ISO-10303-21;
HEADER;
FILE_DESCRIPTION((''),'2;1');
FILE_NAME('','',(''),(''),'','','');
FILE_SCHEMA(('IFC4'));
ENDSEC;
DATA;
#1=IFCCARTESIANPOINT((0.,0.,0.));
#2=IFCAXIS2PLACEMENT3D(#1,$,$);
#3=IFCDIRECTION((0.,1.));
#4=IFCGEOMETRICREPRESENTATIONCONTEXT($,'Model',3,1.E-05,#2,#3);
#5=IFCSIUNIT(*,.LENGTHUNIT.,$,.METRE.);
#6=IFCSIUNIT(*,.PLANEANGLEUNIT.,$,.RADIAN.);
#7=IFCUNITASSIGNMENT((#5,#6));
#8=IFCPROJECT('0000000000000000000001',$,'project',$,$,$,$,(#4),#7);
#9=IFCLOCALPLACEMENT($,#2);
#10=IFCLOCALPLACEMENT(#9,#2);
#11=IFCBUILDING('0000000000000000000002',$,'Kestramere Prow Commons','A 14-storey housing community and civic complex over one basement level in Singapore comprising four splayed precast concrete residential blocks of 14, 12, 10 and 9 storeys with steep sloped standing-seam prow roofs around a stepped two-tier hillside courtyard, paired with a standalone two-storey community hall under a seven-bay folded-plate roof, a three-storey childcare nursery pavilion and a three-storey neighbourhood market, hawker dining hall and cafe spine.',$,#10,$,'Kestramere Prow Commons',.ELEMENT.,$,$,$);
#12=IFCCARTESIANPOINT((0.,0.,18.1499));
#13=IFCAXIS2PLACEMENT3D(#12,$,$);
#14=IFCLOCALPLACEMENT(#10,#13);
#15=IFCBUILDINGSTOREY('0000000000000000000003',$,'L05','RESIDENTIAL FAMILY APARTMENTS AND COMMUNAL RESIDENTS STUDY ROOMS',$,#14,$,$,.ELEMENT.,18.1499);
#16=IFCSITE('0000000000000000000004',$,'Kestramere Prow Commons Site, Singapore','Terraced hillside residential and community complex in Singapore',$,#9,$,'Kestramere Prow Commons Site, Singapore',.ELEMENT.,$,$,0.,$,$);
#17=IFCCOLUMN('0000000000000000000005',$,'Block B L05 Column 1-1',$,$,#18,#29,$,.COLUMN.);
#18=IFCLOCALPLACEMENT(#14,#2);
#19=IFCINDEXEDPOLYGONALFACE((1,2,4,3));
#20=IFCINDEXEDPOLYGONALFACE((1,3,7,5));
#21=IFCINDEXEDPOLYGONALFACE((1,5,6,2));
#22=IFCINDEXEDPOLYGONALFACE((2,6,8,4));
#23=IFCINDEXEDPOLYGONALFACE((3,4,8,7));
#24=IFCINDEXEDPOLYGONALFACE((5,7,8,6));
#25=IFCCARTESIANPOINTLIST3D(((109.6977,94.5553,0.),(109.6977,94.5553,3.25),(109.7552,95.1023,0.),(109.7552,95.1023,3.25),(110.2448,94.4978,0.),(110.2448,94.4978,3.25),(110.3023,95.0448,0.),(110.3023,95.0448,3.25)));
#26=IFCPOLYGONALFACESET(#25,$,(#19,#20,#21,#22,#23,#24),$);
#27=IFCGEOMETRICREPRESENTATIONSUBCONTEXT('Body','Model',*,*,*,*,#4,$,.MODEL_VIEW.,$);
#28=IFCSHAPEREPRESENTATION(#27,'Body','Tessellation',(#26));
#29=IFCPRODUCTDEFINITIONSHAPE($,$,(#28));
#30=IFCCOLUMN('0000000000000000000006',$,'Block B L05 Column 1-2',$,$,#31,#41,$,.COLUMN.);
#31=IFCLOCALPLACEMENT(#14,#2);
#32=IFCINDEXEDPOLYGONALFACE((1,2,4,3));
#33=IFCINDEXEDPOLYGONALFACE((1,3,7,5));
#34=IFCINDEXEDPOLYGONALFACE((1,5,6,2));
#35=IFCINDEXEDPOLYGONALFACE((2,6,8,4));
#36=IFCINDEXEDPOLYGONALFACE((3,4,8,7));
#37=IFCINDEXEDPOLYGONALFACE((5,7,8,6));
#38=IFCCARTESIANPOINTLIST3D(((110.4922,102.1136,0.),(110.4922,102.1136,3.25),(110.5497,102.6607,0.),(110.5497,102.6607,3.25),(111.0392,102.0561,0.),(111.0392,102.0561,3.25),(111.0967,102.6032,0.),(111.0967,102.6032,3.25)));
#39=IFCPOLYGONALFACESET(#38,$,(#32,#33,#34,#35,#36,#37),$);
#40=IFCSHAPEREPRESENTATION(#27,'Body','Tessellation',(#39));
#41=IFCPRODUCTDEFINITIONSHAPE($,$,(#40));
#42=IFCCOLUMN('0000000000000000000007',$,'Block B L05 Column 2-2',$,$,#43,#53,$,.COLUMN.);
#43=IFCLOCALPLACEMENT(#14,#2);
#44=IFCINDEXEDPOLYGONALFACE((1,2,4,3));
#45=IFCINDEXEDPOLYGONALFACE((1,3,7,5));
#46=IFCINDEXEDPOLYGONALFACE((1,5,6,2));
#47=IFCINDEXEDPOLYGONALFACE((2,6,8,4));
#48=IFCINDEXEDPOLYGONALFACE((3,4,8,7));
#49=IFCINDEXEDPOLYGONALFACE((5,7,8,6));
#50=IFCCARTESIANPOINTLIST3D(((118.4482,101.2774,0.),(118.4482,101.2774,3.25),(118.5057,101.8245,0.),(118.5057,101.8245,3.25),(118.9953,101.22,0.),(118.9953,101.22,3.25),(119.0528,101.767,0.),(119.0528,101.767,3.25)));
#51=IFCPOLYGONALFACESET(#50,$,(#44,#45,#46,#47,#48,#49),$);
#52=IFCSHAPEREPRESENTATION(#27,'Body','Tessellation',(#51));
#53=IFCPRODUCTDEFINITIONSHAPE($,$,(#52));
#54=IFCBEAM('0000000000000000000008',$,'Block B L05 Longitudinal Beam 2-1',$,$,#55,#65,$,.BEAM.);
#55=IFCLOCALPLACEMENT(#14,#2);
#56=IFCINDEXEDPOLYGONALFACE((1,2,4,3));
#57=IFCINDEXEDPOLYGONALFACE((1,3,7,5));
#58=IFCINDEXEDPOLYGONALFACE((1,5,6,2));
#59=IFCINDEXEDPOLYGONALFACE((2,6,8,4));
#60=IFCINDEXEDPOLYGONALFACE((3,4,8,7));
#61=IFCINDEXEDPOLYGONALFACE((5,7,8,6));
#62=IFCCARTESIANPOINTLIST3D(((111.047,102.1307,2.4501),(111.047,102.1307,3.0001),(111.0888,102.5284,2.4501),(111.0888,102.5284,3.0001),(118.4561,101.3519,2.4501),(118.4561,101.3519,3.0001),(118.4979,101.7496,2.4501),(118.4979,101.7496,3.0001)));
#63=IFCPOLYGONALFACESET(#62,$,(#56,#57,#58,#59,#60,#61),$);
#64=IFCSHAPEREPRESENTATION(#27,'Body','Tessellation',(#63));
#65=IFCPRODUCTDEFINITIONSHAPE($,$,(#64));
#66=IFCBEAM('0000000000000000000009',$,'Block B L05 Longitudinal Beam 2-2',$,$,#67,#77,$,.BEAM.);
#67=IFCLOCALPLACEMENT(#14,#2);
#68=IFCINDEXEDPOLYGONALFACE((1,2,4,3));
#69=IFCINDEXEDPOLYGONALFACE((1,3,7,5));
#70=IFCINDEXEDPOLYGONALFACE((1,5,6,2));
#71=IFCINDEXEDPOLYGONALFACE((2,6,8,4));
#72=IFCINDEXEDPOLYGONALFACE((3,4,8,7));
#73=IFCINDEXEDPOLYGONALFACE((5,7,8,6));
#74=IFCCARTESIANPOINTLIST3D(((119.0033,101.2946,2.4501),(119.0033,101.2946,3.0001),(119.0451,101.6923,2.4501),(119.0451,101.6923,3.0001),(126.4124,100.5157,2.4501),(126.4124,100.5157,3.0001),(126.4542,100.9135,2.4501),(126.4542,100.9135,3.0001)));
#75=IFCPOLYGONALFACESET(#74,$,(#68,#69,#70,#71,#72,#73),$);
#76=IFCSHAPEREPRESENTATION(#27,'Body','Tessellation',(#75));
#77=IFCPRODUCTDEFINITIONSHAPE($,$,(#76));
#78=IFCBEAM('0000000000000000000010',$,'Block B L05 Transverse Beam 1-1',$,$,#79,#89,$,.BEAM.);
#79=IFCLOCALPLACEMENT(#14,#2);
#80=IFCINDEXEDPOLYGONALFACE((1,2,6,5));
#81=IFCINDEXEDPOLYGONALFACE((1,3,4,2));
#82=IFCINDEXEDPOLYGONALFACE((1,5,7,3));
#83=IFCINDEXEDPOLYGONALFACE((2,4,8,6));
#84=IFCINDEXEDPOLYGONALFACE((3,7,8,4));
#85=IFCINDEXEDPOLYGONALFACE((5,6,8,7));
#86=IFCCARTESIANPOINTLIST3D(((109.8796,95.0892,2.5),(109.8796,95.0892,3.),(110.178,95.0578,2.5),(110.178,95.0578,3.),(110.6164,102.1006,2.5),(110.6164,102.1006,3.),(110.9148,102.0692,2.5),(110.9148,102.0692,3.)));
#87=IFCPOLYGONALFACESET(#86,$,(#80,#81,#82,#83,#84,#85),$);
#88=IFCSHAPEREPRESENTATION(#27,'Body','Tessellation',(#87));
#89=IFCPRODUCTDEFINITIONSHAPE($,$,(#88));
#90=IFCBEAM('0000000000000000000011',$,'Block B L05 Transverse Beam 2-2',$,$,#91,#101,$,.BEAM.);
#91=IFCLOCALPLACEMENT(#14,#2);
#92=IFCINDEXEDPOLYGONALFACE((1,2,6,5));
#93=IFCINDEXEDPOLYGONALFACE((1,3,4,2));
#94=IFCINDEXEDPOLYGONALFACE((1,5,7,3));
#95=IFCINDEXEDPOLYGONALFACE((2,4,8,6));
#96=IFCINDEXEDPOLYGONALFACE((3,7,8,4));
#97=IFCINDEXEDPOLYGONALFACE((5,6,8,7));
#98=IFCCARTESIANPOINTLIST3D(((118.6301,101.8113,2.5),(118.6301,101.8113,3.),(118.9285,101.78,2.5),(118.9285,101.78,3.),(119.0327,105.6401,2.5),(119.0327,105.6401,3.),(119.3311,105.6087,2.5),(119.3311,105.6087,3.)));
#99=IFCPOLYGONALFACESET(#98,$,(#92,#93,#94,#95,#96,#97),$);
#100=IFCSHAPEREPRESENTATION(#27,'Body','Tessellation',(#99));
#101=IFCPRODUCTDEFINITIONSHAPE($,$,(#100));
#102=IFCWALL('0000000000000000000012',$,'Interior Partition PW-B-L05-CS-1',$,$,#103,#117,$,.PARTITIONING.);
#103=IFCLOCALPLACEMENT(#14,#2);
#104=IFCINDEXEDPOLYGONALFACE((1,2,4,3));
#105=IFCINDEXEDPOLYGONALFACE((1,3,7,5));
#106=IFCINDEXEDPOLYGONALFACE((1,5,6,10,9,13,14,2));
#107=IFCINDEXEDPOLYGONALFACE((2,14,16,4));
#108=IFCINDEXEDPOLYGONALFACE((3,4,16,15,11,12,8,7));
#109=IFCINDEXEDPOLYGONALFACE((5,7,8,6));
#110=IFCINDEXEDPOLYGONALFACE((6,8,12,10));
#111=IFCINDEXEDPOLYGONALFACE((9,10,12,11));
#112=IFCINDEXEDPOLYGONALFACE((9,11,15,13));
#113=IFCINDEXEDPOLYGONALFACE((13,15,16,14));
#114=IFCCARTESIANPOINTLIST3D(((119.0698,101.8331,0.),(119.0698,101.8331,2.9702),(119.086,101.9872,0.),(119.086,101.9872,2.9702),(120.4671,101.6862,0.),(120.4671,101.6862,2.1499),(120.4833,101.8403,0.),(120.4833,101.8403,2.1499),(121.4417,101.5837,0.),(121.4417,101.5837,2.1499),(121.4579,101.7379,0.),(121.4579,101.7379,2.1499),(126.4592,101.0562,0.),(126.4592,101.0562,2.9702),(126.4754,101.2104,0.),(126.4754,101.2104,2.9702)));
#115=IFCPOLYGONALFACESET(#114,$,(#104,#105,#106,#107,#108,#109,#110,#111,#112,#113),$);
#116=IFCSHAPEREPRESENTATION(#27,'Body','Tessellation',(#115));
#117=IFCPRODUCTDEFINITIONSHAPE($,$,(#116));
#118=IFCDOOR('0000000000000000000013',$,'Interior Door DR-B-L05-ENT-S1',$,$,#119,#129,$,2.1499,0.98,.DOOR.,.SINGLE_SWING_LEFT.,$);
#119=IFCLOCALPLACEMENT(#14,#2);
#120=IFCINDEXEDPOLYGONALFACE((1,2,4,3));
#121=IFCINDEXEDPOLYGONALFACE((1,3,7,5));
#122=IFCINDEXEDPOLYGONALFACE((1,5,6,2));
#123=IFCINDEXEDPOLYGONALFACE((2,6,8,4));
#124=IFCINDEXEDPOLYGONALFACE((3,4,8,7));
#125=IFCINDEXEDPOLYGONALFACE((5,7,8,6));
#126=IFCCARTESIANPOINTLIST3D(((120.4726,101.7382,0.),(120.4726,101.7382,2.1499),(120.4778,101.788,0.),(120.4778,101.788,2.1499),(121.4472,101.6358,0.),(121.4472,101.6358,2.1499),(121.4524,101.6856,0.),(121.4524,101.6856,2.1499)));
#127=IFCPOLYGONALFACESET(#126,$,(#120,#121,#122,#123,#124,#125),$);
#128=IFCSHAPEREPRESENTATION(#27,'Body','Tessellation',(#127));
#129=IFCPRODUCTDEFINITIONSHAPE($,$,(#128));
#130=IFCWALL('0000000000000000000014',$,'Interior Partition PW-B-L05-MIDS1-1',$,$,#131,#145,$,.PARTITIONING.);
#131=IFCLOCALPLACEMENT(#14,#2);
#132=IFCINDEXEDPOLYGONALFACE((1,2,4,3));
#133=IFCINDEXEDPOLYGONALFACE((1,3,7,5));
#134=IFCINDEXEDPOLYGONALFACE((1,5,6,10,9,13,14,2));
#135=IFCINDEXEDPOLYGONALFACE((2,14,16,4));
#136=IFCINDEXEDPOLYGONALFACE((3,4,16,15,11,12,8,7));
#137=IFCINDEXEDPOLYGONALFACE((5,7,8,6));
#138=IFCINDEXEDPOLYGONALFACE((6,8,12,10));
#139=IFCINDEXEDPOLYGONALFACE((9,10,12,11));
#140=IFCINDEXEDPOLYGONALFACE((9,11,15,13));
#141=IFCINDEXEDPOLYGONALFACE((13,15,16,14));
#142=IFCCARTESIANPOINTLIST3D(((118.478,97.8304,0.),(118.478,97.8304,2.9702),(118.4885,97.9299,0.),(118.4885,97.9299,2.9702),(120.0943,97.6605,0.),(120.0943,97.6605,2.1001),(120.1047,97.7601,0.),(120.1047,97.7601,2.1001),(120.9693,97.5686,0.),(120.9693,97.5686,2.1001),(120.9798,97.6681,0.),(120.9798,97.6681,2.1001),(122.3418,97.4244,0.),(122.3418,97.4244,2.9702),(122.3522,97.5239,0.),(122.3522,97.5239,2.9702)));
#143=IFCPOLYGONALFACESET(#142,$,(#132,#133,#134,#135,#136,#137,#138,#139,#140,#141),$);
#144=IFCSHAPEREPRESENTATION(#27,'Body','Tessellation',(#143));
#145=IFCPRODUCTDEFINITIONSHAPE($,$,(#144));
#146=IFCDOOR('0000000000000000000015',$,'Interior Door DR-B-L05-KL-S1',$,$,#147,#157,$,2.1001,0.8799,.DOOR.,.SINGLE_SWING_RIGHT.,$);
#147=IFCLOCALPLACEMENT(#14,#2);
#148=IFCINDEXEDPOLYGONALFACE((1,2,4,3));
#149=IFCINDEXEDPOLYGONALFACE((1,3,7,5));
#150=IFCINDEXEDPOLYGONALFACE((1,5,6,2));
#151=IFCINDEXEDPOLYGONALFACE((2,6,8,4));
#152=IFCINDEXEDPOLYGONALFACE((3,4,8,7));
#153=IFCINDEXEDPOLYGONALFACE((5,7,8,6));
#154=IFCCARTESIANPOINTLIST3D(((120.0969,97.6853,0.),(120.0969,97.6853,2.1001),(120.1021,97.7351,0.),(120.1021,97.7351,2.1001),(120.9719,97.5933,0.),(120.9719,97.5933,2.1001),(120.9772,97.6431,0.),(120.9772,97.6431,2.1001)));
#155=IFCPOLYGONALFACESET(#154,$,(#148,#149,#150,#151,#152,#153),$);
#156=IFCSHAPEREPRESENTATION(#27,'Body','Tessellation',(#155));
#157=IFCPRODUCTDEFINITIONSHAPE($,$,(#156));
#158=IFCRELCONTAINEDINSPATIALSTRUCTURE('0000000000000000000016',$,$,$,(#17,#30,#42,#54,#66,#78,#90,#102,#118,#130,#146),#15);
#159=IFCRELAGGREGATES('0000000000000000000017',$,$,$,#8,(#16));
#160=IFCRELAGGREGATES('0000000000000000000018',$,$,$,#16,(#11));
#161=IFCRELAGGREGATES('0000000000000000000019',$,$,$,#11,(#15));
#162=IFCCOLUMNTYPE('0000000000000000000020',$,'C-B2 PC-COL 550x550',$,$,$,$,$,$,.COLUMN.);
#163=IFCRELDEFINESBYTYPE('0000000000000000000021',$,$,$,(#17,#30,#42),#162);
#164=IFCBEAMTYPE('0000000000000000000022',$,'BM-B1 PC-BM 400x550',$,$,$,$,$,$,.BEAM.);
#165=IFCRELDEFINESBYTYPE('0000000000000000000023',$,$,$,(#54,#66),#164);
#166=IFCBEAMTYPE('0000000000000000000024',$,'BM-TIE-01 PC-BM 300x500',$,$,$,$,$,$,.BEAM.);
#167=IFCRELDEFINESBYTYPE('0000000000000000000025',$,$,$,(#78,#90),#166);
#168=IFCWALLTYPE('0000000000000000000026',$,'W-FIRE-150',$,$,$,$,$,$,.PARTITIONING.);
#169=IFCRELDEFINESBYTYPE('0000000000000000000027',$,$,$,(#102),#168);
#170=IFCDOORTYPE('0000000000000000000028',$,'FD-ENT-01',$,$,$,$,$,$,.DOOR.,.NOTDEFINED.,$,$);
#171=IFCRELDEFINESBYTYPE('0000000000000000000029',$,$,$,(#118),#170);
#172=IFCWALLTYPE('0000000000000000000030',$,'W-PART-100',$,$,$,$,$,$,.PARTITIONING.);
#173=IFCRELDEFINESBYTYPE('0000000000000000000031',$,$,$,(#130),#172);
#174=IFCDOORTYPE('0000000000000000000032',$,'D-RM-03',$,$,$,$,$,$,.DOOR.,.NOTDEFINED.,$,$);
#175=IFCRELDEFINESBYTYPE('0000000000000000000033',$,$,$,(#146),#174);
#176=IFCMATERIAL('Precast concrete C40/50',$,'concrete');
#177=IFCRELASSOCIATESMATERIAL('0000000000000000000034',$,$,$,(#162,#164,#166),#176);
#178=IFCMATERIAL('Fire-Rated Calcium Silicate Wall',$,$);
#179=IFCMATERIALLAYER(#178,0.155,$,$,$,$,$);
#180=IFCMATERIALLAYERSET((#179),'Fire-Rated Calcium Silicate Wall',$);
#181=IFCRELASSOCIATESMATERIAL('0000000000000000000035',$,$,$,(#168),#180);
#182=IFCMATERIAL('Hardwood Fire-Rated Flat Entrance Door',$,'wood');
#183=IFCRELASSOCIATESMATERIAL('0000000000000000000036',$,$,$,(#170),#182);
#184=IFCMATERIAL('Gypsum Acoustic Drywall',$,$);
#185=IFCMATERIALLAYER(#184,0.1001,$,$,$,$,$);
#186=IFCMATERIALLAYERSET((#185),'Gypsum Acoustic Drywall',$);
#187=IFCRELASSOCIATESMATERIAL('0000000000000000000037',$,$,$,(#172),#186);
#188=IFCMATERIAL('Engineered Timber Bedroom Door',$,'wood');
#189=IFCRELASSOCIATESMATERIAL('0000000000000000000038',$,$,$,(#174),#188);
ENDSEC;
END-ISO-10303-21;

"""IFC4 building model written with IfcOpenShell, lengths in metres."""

from ifc_helpers import new_model, si_unit, direction, frame, frame_2d, origin, origin_2d, place, context, subcontext, project, spatial, rectangle, extrude, material, layer, layer_set, material_profile, profile_set, type_object, element, fill, save


model = new_model("IFC4")

# Units and contexts
model_context = context("Model", 3, precision=1e-05, world=origin(), true_north=direction((0.0, 1.0)))
body_context = subcontext(model_context, "Body", "Model", "MODEL_VIEW")
ifc_project = project(units=[si_unit("LENGTHUNIT", "METRE"), si_unit("PLANEANGLEUNIT", "RADIAN")], contexts=[model_context])

# Site, building, storey
site_placement = place(None, origin())
site = spatial("IfcSite", under=ifc_project, at=site_placement, Name="Kestramere Prow Commons Site, Singapore", Description="Terraced hillside residential and community complex in Singapore", LongName="Kestramere Prow Commons Site, Singapore", CompositionType="ELEMENT", RefElevation=0.0)
building_placement = place(site_placement, origin())
building = spatial("IfcBuilding", under=site, at=building_placement, Name="Kestramere Prow Commons", Description="A 14-storey housing community and civic complex over one basement level in Singapore comprising four splayed precast concrete residential blocks of 14, 12, 10 and 9 storeys with steep sloped standing-seam prow roofs around a stepped two-tier hillside courtyard, paired with a standalone two-storey community hall under a seven-bay folded-plate roof, a three-storey childcare nursery pavilion and a three-storey neighbourhood market, hawker dining hall and cafe spine.", LongName="Kestramere Prow Commons", CompositionType="ELEMENT")
storey_placement = place(building_placement, frame((0.0, 0.0, 18.1499)))
storey = spatial("IfcBuildingStorey", under=building, at=storey_placement, Name="L05", Description="RESIDENTIAL FAMILY APARTMENTS AND COMMUNAL RESIDENTS STUDY ROOMS", CompositionType="ELEMENT", Elevation=18.1499)

# Columns
ifc_material_1 = material(Name="Precast concrete C40/50", Category="concrete")
ifc_material_profile_1 = material_profile(ifc_material_1, rectangle(XDim=0.55, YDim=0.55, at=origin_2d()), Name="PC-COL 550x550")
ifc_profile_set_1 = profile_set([ifc_material_profile_1], Name="Precast concrete C40/50")
column_type = type_object("IfcColumnType", Name="C-B2 PC-COL 550x550", PredefinedType="COLUMN", material=ifc_profile_set_1)
for number, where, z_axis, x_axis, name in (
    (1, (110.0, 94.8, 0.0), (0.0, 0.0, 1.0), (0.994522, -0.104528, 0.0), "Block B L05 Column 1-1"),
    (2, (110.7944, 102.3584, 0.0), (0.0, 0.0, 1.0), (0.994522, -0.104528, 0.0), "Block B L05 Column 1-2"),
    (3, (118.7505, 101.5222, 0.0), (0.0, 0.0, 1.0), (0.994522, -0.104528, 0.0), "Block B L05 Column 2-2"),
):
    element("IfcColumn", number, at=place(storey_placement, frame(where, z_axis=z_axis, x_axis=x_axis)), inside=storey, type_object=column_type, Name=name, PredefinedType="COLUMN", context=body_context, shape_type="SweptSolid", body=[
        extrude(rectangle(XDim=0.55, YDim=0.55, at=origin_2d()), origin(), (0.0, 0.0, 1.0), 3.25),
    ])

# Beams
ifc_material_profile_2 = material_profile(ifc_material_1, rectangle(XDim=0.3999, YDim=0.55, at=origin_2d()), Name="PC-BM 400x550")
ifc_profile_set_2 = profile_set([ifc_material_profile_2], Name="Precast concrete C40/50")
beam_type_1 = type_object("IfcBeamType", Name="BM-B1 PC-BM 400x550", PredefinedType="BEAM", material=ifc_profile_set_2)
for number, where, z_axis, x_axis, name in (
    (4, (111.0679, 102.3296, 2.7251), (0.994521, -0.104538, 0.0), (0.104538, 0.994521, 0.0), "Block B L05 Longitudinal Beam 2-1"),
    (5, (119.0242, 101.4934, 2.7251), (0.994521, -0.104538, 0.0), (0.104538, 0.994521, 0.0), "Block B L05 Longitudinal Beam 2-2"),
):
    element("IfcBeam", number, at=place(storey_placement, frame(where, z_axis=z_axis, x_axis=x_axis)), inside=storey, type_object=beam_type_1, Name=name, PredefinedType="BEAM", context=body_context, shape_type="SweptSolid", body=[
        extrude(rectangle(XDim=0.3999, YDim=0.55, at=origin_2d()), origin(), (0.0, 0.0, 1.0), 7.45),
    ])
ifc_material_profile_3 = material_profile(ifc_material_1, rectangle(XDim=0.3, YDim=0.5, at=origin_2d()), Name="PC-BM 300x500")
ifc_profile_set_3 = profile_set([ifc_material_profile_3], Name="Precast concrete C40/50")
beam_type_2 = type_object("IfcBeamType", Name="BM-TIE-01 PC-BM 300x500", PredefinedType="BEAM", material=ifc_profile_set_3)
beam_1_placement = place(storey_placement, frame((110.0288, 95.0735, 2.75), z_axis=(0.104512, 0.994524, 0.0), x_axis=(-0.994524, 0.104512, 0.0)))
element("IfcBeam", 6, at=beam_1_placement, inside=storey, type_object=beam_type_2, Name="Block B L05 Transverse Beam 1-1", PredefinedType="BEAM", context=body_context, shape_type="SweptSolid", body=[
    extrude(rectangle(XDim=0.3, YDim=0.5, at=origin_2d()), origin(), (0.0, 0.0, 1.0), 7.05),
])
beam_2_placement = place(storey_placement, frame((118.7793, 101.7957, 2.75), z_axis=(0.104569, 0.994518, 0.0), x_axis=(-0.994518, 0.104569, 0.0)))
element("IfcBeam", 7, at=beam_2_placement, inside=storey, type_object=beam_type_2, Name="Block B L05 Transverse Beam 2-2", PredefinedType="BEAM", context=body_context, shape_type="SweptSolid", body=[
    extrude(rectangle(XDim=0.3, YDim=0.5, at=origin_2d()), origin(), (0.0, 0.0, 1.0), 3.8499),
])

# Walls, openings, doors
ifc_material_2 = material(Name="Fire-Rated Calcium Silicate Wall")
ifc_layer_1 = layer(ifc_material_2, 0.155)
ifc_layer_set_1 = layer_set([ifc_layer_1], Name="Fire-Rated Calcium Silicate Wall")
wall_type_1 = type_object("IfcWallType", Name="W-FIRE-150", PredefinedType="PARTITIONING", material=ifc_layer_set_1)
wall_1_placement = place(storey_placement, frame((119.0779, 101.9102, 0.0), z_axis=(0.0, 0.0, 1.0), x_axis=(0.994519, -0.104555, 0.0)))
wall_1 = element("IfcWall", 8, at=wall_1_placement, inside=storey, type_object=wall_type_1, Name="Interior Partition PW-B-L05-CS-1", PredefinedType="PARTITIONING", context=body_context, shape_type="SweptSolid", body=[
    extrude(rectangle(XDim=7.4302, YDim=0.155, at=frame_2d((3.7151, 0.0))), origin(), (0.0, 0.0, 1.0), 2.9702),
])
opening_1_placement = place(wall_1_placement, frame((1.405, 0.0, 0.0)))
opening_1 = element("IfcOpeningElement", 9, at=opening_1_placement, cuts=wall_1, PredefinedType="OPENING", context=body_context, shape_type="SweptSolid", body=[
    extrude(rectangle(XDim=0.98, YDim=2.1499, at=frame_2d((0.49, 1.075))), frame((0.0, 0.0925, 0.0), z_axis=(0.0, -1.0, 0.0), x_axis=(1.0, 0.0, 0.0)), (0.0, 0.0, 1.0), 0.1851),
])
ifc_material_3 = material(Name="Hardwood Fire-Rated Flat Entrance Door", Category="wood")
door_type_1 = type_object("IfcDoorType", Name="FD-ENT-01", OperationType="NOTDEFINED", PredefinedType="DOOR", material=ifc_material_3)
door_1_placement = place(opening_1_placement, origin())
door_1 = element("IfcDoor", 10, at=door_1_placement, inside=storey, type_object=door_type_1, Name="Interior Door DR-B-L05-ENT-S1", OperationType="SINGLE_SWING_LEFT", OverallHeight=2.1499, OverallWidth=0.98, PredefinedType="DOOR", context=body_context, shape_type="SweptSolid", body=[
    extrude(rectangle(XDim=0.98, YDim=2.1499, at=frame_2d((0.49, 1.075))), frame((0.0, 0.0249, 0.0), z_axis=(0.0, -1.0, 0.0), x_axis=(1.0, 0.0, 0.0)), (0.0, 0.0, 1.0), 0.05),
])
fill(opening_1, door_1)
ifc_material_4 = material(Name="Gypsum Acoustic Drywall")
ifc_layer_2 = layer(ifc_material_4, 0.1001)
ifc_layer_set_2 = layer_set([ifc_layer_2], Name="Gypsum Acoustic Drywall")
wall_type_2 = type_object("IfcWallType", Name="W-PART-100", PredefinedType="PARTITIONING", material=ifc_layer_set_2)
wall_2_placement = place(storey_placement, frame((118.4834, 97.8801, 0.0), z_axis=(0.0, 0.0, 1.0), x_axis=(0.994524, -0.104505, 0.0)))
wall_2 = element("IfcWall", 11, at=wall_2_placement, inside=storey, type_object=wall_type_2, Name="Interior Partition PW-B-L05-MIDS1-1", PredefinedType="PARTITIONING", context=body_context, shape_type="SweptSolid", body=[
    extrude(rectangle(XDim=3.885, YDim=0.1001, at=frame_2d((1.9424, 0.0))), origin(), (0.0, 0.0, 1.0), 2.9702),
])
opening_2_placement = place(wall_2_placement, frame((1.625, 0.0, 0.0)))
opening_2 = element("IfcOpeningElement", 12, at=opening_2_placement, cuts=wall_2, PredefinedType="OPENING", context=body_context, shape_type="SweptSolid", body=[
    extrude(rectangle(XDim=0.8799, YDim=2.1001, at=frame_2d((0.4399, 1.05))), frame((0.0, 0.0649, 0.0), z_axis=(0.0, -1.0, 0.0), x_axis=(1.0, 0.0, 0.0)), (0.0, 0.0, 1.0), 0.1301),
])
ifc_material_5 = material(Name="Engineered Timber Bedroom Door", Category="wood")
door_type_2 = type_object("IfcDoorType", Name="D-RM-03", OperationType="NOTDEFINED", PredefinedType="DOOR", material=ifc_material_5)
door_2_placement = place(opening_2_placement, origin())
door_2 = element("IfcDoor", 13, at=door_2_placement, inside=storey, type_object=door_type_2, Name="Interior Door DR-B-L05-KL-S1", OperationType="SINGLE_SWING_RIGHT", OverallHeight=2.1001, OverallWidth=0.8799, PredefinedType="DOOR", context=body_context, shape_type="SweptSolid", body=[
    extrude(rectangle(XDim=0.8799, YDim=2.1001, at=frame_2d((0.4399, 1.05))), frame((0.0, 0.0249, 0.0), z_axis=(0.0, -1.0, 0.0), x_axis=(1.0, 0.0, 0.0)), (0.0, 0.0, 1.0), 0.05),
])
fill(opening_2, door_2)

save(model, "model.ifc")
